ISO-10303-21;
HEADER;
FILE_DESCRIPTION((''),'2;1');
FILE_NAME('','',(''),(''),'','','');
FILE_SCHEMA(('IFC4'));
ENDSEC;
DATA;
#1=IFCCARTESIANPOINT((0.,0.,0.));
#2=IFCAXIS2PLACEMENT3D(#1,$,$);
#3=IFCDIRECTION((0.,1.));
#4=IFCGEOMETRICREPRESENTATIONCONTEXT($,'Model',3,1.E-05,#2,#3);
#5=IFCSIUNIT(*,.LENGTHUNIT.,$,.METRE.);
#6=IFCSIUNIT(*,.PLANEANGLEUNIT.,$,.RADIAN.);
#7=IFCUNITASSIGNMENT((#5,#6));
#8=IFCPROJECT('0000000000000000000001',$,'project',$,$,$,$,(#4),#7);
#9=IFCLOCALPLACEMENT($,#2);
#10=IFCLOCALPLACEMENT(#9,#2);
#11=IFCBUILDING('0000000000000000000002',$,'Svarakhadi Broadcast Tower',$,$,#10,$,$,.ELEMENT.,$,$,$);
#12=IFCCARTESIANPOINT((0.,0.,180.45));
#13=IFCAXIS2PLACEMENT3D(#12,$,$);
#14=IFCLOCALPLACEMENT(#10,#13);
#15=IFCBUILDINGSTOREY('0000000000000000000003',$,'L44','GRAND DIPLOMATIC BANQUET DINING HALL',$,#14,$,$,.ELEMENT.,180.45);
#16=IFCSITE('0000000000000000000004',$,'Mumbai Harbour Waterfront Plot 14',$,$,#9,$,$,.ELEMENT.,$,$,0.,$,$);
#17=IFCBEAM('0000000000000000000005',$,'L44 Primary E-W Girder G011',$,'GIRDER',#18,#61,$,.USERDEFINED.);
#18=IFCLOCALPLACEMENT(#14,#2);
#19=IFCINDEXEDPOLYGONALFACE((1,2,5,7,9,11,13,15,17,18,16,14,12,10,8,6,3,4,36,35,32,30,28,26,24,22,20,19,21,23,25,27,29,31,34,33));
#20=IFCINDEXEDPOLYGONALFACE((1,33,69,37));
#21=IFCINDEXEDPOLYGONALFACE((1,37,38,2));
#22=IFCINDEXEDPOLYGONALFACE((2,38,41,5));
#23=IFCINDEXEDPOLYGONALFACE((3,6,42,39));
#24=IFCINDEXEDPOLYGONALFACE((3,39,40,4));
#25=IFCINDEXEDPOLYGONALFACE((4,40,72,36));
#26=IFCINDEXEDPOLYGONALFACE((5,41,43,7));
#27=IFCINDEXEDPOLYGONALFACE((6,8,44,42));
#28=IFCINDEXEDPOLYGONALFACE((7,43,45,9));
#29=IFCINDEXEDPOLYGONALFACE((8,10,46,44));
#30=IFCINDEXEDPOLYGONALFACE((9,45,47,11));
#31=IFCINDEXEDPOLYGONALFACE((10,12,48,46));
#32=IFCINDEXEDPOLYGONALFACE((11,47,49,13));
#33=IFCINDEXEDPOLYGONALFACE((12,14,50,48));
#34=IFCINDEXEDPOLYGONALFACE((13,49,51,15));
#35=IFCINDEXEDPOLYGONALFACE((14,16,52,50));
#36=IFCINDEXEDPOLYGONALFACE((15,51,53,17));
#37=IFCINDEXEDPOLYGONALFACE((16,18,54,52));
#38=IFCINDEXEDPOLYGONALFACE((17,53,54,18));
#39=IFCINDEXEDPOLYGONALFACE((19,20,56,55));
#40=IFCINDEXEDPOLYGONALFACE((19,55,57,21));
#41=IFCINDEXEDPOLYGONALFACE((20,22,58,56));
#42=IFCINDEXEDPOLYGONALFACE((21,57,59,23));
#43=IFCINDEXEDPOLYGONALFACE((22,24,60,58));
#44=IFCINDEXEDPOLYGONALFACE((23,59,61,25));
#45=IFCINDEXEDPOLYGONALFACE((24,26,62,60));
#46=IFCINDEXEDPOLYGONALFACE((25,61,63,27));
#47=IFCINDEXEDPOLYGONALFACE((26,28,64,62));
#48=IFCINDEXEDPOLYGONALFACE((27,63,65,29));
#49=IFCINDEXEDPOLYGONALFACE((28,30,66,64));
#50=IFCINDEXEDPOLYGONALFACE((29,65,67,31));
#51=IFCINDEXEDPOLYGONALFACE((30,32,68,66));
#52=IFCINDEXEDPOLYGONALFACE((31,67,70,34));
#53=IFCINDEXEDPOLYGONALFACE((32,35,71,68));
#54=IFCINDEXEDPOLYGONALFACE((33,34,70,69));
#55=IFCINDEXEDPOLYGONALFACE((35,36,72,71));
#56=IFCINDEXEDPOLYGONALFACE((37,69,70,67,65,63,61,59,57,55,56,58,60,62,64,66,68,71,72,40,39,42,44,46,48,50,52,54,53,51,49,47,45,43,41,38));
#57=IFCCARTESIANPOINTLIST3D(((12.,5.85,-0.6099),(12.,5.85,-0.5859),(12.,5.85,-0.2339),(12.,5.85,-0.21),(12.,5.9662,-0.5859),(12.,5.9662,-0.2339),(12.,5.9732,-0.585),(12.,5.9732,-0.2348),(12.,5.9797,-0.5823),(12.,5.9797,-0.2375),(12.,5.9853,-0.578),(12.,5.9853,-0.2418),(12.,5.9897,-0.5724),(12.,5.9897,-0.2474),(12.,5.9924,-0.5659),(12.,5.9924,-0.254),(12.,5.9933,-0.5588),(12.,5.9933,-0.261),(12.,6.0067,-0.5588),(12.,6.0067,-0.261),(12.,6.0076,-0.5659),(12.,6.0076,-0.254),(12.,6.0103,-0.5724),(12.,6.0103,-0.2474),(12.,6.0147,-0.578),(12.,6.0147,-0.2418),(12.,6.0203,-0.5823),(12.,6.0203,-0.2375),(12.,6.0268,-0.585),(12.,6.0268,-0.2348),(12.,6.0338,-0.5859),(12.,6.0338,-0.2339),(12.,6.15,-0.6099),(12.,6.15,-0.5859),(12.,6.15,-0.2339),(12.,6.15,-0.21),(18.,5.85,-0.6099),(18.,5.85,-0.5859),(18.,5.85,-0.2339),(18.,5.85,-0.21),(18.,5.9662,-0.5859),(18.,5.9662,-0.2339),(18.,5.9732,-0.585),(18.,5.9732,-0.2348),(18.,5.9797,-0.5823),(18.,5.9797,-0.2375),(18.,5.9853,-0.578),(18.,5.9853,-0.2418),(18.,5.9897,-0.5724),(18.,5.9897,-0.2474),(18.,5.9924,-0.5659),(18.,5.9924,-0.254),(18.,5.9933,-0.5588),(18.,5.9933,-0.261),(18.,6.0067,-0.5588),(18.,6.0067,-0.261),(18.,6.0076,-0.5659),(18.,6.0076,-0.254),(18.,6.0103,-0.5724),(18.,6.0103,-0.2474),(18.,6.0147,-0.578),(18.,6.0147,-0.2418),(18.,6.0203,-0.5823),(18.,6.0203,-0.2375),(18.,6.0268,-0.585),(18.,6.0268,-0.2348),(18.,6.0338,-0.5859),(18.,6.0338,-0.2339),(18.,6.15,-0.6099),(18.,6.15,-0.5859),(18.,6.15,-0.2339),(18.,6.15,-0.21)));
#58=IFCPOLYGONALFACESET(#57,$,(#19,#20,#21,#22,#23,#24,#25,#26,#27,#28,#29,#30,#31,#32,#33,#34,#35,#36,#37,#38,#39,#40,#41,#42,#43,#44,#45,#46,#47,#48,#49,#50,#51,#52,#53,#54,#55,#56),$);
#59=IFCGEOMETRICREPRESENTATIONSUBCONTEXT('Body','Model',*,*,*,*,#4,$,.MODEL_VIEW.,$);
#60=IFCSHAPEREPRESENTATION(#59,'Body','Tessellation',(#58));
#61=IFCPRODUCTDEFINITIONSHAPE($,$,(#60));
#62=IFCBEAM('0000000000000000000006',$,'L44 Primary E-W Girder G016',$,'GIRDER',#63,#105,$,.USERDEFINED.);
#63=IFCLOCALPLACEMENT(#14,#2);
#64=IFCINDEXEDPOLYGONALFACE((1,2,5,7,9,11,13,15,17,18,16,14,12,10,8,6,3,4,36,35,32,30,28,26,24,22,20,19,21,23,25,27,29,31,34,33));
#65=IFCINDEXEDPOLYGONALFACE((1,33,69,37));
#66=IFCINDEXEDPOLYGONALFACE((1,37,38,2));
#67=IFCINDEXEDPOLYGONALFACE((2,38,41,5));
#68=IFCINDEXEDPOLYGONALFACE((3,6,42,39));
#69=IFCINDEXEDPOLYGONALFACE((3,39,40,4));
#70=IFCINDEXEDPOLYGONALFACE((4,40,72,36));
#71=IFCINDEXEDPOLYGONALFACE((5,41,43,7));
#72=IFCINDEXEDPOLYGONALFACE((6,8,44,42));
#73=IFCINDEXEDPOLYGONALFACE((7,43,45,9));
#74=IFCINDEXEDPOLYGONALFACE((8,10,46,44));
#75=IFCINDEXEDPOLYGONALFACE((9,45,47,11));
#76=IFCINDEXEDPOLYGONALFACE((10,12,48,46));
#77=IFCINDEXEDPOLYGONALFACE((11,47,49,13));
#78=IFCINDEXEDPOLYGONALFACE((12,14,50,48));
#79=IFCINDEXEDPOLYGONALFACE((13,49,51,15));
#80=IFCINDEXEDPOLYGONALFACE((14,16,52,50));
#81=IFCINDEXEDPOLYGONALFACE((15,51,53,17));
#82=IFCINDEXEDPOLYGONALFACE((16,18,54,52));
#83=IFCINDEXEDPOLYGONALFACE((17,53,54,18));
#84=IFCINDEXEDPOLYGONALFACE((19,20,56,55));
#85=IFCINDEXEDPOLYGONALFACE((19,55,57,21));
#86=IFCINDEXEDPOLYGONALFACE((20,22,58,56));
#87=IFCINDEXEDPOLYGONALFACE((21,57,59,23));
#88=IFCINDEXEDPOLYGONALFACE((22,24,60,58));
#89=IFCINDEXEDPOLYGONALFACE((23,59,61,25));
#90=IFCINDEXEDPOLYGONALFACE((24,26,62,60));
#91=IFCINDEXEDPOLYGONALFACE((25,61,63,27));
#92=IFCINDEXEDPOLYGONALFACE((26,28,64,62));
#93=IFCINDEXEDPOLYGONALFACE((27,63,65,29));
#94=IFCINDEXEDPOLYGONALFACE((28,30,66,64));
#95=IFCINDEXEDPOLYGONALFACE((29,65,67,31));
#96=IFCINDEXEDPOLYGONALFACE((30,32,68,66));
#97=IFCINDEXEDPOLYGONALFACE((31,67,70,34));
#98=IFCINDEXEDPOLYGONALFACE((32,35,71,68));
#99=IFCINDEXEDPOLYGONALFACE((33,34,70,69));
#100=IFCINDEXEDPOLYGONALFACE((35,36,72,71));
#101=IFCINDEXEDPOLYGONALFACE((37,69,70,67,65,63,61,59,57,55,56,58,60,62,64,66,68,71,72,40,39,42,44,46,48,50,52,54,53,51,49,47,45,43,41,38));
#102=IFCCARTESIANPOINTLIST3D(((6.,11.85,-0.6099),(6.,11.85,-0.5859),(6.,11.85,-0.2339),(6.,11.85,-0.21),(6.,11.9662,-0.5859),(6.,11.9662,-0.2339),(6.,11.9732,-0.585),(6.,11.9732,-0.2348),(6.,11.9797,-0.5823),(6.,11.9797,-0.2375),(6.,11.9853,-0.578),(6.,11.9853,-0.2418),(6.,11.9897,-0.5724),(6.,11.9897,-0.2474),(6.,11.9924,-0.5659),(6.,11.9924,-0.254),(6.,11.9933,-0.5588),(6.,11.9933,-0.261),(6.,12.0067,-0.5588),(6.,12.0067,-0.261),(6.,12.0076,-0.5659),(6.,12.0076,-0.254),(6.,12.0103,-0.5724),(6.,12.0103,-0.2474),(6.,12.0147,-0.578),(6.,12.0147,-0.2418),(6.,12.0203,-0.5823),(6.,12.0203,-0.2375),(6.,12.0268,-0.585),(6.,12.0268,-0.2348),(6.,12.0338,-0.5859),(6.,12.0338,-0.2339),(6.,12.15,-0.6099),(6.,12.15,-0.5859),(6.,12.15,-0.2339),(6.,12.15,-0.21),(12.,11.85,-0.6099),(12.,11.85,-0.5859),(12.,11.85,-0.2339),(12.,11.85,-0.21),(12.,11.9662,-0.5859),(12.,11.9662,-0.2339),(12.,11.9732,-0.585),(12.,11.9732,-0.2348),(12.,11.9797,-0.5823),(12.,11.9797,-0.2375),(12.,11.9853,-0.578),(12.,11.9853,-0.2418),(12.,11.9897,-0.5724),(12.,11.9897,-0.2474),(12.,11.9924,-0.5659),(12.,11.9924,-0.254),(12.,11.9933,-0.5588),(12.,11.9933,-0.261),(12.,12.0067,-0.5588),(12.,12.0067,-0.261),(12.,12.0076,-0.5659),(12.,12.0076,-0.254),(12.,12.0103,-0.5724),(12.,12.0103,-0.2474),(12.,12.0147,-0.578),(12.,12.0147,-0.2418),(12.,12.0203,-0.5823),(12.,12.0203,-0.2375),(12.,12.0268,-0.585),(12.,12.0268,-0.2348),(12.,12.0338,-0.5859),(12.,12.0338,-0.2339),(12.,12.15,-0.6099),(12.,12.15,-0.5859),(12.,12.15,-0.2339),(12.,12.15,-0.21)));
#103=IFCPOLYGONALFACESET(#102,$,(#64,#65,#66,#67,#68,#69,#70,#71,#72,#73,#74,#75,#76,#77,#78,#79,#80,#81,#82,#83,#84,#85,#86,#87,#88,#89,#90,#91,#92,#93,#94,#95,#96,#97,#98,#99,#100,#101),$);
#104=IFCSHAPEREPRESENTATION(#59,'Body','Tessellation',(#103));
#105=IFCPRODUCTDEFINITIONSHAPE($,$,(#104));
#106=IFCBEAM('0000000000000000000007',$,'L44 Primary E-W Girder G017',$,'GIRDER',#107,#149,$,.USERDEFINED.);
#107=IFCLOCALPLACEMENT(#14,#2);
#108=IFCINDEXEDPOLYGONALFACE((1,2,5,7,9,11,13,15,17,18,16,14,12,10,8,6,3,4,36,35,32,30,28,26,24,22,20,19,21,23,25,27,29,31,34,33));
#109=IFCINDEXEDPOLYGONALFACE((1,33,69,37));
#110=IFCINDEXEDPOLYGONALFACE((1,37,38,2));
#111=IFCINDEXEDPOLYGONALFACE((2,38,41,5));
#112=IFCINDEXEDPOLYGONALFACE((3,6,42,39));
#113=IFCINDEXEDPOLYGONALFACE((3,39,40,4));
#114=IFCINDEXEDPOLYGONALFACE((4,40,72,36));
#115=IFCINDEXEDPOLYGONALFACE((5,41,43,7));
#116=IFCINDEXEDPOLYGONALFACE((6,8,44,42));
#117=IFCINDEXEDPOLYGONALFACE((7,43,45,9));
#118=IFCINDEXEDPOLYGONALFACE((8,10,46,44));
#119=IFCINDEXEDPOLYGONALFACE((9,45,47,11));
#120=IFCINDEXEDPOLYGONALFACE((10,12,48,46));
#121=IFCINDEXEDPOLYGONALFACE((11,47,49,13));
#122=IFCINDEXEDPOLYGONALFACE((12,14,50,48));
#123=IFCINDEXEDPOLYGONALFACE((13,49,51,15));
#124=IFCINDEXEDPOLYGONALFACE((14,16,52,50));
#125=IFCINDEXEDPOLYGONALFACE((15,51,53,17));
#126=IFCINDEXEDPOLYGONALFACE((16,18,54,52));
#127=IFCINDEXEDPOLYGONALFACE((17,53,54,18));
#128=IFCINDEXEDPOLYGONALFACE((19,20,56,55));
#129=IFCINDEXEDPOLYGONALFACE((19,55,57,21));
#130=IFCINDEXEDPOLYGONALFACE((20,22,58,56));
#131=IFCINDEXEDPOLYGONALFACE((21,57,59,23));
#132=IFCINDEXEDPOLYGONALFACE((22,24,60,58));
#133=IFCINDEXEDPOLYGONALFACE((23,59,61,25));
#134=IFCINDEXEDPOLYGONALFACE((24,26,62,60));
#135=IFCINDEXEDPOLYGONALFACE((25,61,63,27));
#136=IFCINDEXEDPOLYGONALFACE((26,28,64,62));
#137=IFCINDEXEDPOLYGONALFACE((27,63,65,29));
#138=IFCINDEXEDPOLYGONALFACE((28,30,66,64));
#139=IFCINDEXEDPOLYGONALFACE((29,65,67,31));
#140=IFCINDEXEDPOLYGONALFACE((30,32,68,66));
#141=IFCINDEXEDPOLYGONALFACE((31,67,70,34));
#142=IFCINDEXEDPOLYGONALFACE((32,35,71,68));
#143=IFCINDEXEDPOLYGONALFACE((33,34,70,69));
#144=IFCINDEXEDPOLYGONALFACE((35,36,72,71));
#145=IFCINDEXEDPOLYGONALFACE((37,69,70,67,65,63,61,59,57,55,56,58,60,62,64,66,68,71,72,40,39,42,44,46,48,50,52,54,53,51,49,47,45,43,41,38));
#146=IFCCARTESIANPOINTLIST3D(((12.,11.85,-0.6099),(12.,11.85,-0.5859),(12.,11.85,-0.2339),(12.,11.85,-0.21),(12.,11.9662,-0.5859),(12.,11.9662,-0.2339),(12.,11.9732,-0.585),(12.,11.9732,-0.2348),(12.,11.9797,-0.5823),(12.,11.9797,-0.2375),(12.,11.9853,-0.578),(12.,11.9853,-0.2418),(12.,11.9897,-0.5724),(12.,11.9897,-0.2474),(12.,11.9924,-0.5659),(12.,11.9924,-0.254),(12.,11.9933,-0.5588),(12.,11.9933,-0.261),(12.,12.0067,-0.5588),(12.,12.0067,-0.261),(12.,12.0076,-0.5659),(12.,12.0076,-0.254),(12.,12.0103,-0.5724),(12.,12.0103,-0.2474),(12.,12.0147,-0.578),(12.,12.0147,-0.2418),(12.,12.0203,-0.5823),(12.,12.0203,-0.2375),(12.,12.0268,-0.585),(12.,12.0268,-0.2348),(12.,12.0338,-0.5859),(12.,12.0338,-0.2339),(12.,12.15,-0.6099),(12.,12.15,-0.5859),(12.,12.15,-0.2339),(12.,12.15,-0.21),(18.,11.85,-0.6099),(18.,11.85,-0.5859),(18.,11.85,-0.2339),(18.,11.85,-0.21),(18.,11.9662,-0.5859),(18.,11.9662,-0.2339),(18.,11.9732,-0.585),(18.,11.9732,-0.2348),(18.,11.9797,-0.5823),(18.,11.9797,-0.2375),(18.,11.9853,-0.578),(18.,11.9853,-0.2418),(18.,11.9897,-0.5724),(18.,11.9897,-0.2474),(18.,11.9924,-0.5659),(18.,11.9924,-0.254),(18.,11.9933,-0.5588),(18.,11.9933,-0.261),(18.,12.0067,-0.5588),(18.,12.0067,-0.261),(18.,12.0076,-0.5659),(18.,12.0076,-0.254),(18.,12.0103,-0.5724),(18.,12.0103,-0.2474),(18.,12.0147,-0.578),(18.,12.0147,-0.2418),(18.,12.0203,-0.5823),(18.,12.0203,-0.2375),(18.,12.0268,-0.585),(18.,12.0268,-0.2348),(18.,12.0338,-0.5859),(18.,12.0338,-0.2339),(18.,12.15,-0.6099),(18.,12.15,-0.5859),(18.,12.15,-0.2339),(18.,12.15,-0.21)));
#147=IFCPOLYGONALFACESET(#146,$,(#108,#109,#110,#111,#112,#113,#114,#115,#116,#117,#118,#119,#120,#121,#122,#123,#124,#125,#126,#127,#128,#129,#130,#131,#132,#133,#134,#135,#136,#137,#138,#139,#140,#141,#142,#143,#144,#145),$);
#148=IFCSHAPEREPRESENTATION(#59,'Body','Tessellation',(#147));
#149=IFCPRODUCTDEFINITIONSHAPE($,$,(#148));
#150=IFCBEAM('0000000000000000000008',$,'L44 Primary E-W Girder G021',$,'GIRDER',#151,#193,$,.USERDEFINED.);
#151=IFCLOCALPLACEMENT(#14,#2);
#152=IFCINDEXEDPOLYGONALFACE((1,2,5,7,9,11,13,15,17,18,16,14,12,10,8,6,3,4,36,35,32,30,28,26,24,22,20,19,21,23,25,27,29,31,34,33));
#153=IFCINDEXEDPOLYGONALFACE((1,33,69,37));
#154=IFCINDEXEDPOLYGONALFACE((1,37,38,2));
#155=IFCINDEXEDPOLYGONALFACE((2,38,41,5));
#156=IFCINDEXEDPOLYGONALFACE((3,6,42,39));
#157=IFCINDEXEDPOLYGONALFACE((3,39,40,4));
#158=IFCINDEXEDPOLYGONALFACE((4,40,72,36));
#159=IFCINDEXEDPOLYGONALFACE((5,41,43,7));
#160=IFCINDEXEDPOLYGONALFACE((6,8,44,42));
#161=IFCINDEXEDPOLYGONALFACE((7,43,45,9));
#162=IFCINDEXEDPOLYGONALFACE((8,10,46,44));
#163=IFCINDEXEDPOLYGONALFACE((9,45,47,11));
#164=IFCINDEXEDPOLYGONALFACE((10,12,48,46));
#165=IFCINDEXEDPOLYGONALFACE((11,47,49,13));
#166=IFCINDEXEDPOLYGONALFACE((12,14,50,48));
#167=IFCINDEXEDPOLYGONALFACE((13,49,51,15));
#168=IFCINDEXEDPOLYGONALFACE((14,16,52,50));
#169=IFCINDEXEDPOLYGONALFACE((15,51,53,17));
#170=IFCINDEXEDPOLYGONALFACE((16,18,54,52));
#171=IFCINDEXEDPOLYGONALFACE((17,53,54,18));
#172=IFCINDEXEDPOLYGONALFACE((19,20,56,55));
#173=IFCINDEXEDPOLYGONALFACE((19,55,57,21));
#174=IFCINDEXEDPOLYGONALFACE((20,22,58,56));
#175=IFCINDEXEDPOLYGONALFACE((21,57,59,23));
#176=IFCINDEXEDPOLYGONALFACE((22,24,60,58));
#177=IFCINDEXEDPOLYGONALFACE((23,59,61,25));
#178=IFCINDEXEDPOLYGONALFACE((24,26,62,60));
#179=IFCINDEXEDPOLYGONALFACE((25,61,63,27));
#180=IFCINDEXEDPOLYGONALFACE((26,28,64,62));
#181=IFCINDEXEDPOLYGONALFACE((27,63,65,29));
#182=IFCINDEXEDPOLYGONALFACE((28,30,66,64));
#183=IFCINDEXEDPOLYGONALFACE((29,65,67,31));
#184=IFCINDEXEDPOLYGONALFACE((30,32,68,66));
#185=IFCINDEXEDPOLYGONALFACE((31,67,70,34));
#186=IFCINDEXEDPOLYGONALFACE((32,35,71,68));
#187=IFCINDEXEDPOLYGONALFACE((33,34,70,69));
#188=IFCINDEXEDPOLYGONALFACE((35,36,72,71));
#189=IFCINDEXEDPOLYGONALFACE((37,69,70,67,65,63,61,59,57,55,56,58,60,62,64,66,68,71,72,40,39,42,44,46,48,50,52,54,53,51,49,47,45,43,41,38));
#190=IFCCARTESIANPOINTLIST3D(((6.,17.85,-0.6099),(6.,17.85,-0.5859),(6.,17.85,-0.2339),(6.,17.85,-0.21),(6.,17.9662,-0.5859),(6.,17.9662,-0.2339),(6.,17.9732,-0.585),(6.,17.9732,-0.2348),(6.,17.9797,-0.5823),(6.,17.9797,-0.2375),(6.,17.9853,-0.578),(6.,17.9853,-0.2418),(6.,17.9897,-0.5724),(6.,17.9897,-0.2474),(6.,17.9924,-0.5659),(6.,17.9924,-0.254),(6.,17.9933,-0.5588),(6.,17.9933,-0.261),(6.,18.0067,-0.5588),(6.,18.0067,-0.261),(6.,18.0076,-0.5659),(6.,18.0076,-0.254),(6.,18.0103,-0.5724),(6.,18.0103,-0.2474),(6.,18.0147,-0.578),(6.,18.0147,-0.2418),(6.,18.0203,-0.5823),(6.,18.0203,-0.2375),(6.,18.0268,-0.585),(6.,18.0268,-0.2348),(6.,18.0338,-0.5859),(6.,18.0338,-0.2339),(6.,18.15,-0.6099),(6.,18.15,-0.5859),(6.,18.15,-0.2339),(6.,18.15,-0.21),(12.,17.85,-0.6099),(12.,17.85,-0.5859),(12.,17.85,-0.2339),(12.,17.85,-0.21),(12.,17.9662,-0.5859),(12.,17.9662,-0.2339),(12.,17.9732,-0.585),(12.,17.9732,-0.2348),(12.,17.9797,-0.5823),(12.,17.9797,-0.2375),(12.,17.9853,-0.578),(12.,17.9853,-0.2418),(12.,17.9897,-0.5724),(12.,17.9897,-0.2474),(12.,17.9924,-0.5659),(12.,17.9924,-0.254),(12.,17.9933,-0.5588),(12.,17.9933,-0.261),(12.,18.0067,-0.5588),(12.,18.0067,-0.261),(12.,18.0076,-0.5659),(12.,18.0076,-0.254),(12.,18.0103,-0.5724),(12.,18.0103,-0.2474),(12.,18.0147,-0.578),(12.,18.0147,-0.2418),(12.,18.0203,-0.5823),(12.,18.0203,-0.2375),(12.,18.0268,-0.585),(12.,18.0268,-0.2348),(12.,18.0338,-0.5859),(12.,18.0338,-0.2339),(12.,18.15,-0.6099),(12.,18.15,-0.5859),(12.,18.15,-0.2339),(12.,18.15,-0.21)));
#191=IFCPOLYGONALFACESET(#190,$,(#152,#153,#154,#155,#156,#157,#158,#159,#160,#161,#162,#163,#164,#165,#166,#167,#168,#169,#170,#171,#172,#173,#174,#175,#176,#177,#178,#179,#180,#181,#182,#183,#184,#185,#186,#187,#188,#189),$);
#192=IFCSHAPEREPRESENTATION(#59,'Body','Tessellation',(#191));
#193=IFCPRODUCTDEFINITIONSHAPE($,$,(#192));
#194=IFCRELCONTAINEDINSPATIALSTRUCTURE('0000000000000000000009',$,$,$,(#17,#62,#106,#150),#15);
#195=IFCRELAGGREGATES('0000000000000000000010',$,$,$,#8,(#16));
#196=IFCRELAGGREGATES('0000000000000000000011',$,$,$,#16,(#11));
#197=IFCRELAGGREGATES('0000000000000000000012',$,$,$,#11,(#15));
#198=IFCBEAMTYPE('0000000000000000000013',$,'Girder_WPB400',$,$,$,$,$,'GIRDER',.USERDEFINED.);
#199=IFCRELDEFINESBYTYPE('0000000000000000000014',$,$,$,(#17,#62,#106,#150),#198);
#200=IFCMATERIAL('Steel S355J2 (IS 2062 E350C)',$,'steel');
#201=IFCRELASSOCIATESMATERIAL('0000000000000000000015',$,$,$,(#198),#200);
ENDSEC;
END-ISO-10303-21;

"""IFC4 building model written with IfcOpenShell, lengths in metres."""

from ifc_helpers import new_model, si_unit, direction, frame, origin, origin_2d, place, context, subcontext, project, spatial, i_section, extrude, material, material_profile, profile_set, type_object, element, save


model = new_model("IFC4")

# Units and contexts
model_context = context("Model", 3, precision=1e-05, world=origin(), true_north=direction((0.0, 1.0)))
body_context = subcontext(model_context, "Body", "Model", "MODEL_VIEW")
ifc_project = project(units=[si_unit("LENGTHUNIT", "METRE"), si_unit("PLANEANGLEUNIT", "RADIAN")], contexts=[model_context])

# Site, building, storey
site_placement = place(None, origin())
site = spatial("IfcSite", under=ifc_project, at=site_placement, Name="Mumbai Harbour Waterfront Plot 14", CompositionType="ELEMENT", RefElevation=0.0)
building_placement = place(site_placement, origin())
building = spatial("IfcBuilding", under=site, at=building_placement, Name="Svarakhadi Broadcast Tower", CompositionType="ELEMENT")
storey_placement = place(building_placement, frame((0.0, 0.0, 180.45)))
storey = spatial("IfcBuildingStorey", under=building, at=storey_placement, Name="L44", Description="GRAND DIPLOMATIC BANQUET DINING HALL", CompositionType="ELEMENT", Elevation=180.45)

# Beams
ifc_material_1 = material(Name="Steel S355J2 (IS 2062 E350C)", Category="steel")
ifc_material_profile_1 = material_profile(ifc_material_1, i_section(OverallWidth=0.3, OverallDepth=0.3999, WebThickness=0.0134, FlangeThickness=0.0239, FilletRadius=0.0271, at=origin_2d()), Name="WPB 400x300x155")
ifc_profile_set_1 = profile_set([ifc_material_profile_1], Name="Steel S355J2 (IS 2062 E350C)")
beam_type_1 = type_object("IfcBeamType", Name="Girder_WPB400", ElementType="GIRDER", PredefinedType="USERDEFINED", material=ifc_profile_set_1)
for number, where, z_axis, x_axis, name in (
    (1, (12.0, 6.0, -0.4099), (1.0, 0.0, 0.0), (0.0, 1.0, 0.0), "L44 Primary E-W Girder G011"),
    (2, (6.0, 12.0, -0.4099), (1.0, 0.0, 0.0), (0.0, 1.0, 0.0), "L44 Primary E-W Girder G016"),
    (3, (12.0, 12.0, -0.4099), (1.0, 0.0, 0.0), (0.0, 1.0, 0.0), "L44 Primary E-W Girder G017"),
    (4, (6.0, 18.0, -0.4099), (1.0, 0.0, 0.0), (0.0, 1.0, 0.0), "L44 Primary E-W Girder G021"),
):
    element("IfcBeam", number, at=place(storey_placement, frame(where, z_axis=z_axis, x_axis=x_axis)), inside=storey, type_object=beam_type_1, Name=name, ObjectType="GIRDER", PredefinedType="USERDEFINED", context=body_context, shape_type="SweptSolid", body=[
        extrude(i_section(OverallWidth=0.3, OverallDepth=0.3999, WebThickness=0.0134, FlangeThickness=0.0239, FilletRadius=0.0271, at=origin_2d()), origin(), (0.0, 0.0, 1.0), 6.0),
    ])

save(model, "model.ifc")
